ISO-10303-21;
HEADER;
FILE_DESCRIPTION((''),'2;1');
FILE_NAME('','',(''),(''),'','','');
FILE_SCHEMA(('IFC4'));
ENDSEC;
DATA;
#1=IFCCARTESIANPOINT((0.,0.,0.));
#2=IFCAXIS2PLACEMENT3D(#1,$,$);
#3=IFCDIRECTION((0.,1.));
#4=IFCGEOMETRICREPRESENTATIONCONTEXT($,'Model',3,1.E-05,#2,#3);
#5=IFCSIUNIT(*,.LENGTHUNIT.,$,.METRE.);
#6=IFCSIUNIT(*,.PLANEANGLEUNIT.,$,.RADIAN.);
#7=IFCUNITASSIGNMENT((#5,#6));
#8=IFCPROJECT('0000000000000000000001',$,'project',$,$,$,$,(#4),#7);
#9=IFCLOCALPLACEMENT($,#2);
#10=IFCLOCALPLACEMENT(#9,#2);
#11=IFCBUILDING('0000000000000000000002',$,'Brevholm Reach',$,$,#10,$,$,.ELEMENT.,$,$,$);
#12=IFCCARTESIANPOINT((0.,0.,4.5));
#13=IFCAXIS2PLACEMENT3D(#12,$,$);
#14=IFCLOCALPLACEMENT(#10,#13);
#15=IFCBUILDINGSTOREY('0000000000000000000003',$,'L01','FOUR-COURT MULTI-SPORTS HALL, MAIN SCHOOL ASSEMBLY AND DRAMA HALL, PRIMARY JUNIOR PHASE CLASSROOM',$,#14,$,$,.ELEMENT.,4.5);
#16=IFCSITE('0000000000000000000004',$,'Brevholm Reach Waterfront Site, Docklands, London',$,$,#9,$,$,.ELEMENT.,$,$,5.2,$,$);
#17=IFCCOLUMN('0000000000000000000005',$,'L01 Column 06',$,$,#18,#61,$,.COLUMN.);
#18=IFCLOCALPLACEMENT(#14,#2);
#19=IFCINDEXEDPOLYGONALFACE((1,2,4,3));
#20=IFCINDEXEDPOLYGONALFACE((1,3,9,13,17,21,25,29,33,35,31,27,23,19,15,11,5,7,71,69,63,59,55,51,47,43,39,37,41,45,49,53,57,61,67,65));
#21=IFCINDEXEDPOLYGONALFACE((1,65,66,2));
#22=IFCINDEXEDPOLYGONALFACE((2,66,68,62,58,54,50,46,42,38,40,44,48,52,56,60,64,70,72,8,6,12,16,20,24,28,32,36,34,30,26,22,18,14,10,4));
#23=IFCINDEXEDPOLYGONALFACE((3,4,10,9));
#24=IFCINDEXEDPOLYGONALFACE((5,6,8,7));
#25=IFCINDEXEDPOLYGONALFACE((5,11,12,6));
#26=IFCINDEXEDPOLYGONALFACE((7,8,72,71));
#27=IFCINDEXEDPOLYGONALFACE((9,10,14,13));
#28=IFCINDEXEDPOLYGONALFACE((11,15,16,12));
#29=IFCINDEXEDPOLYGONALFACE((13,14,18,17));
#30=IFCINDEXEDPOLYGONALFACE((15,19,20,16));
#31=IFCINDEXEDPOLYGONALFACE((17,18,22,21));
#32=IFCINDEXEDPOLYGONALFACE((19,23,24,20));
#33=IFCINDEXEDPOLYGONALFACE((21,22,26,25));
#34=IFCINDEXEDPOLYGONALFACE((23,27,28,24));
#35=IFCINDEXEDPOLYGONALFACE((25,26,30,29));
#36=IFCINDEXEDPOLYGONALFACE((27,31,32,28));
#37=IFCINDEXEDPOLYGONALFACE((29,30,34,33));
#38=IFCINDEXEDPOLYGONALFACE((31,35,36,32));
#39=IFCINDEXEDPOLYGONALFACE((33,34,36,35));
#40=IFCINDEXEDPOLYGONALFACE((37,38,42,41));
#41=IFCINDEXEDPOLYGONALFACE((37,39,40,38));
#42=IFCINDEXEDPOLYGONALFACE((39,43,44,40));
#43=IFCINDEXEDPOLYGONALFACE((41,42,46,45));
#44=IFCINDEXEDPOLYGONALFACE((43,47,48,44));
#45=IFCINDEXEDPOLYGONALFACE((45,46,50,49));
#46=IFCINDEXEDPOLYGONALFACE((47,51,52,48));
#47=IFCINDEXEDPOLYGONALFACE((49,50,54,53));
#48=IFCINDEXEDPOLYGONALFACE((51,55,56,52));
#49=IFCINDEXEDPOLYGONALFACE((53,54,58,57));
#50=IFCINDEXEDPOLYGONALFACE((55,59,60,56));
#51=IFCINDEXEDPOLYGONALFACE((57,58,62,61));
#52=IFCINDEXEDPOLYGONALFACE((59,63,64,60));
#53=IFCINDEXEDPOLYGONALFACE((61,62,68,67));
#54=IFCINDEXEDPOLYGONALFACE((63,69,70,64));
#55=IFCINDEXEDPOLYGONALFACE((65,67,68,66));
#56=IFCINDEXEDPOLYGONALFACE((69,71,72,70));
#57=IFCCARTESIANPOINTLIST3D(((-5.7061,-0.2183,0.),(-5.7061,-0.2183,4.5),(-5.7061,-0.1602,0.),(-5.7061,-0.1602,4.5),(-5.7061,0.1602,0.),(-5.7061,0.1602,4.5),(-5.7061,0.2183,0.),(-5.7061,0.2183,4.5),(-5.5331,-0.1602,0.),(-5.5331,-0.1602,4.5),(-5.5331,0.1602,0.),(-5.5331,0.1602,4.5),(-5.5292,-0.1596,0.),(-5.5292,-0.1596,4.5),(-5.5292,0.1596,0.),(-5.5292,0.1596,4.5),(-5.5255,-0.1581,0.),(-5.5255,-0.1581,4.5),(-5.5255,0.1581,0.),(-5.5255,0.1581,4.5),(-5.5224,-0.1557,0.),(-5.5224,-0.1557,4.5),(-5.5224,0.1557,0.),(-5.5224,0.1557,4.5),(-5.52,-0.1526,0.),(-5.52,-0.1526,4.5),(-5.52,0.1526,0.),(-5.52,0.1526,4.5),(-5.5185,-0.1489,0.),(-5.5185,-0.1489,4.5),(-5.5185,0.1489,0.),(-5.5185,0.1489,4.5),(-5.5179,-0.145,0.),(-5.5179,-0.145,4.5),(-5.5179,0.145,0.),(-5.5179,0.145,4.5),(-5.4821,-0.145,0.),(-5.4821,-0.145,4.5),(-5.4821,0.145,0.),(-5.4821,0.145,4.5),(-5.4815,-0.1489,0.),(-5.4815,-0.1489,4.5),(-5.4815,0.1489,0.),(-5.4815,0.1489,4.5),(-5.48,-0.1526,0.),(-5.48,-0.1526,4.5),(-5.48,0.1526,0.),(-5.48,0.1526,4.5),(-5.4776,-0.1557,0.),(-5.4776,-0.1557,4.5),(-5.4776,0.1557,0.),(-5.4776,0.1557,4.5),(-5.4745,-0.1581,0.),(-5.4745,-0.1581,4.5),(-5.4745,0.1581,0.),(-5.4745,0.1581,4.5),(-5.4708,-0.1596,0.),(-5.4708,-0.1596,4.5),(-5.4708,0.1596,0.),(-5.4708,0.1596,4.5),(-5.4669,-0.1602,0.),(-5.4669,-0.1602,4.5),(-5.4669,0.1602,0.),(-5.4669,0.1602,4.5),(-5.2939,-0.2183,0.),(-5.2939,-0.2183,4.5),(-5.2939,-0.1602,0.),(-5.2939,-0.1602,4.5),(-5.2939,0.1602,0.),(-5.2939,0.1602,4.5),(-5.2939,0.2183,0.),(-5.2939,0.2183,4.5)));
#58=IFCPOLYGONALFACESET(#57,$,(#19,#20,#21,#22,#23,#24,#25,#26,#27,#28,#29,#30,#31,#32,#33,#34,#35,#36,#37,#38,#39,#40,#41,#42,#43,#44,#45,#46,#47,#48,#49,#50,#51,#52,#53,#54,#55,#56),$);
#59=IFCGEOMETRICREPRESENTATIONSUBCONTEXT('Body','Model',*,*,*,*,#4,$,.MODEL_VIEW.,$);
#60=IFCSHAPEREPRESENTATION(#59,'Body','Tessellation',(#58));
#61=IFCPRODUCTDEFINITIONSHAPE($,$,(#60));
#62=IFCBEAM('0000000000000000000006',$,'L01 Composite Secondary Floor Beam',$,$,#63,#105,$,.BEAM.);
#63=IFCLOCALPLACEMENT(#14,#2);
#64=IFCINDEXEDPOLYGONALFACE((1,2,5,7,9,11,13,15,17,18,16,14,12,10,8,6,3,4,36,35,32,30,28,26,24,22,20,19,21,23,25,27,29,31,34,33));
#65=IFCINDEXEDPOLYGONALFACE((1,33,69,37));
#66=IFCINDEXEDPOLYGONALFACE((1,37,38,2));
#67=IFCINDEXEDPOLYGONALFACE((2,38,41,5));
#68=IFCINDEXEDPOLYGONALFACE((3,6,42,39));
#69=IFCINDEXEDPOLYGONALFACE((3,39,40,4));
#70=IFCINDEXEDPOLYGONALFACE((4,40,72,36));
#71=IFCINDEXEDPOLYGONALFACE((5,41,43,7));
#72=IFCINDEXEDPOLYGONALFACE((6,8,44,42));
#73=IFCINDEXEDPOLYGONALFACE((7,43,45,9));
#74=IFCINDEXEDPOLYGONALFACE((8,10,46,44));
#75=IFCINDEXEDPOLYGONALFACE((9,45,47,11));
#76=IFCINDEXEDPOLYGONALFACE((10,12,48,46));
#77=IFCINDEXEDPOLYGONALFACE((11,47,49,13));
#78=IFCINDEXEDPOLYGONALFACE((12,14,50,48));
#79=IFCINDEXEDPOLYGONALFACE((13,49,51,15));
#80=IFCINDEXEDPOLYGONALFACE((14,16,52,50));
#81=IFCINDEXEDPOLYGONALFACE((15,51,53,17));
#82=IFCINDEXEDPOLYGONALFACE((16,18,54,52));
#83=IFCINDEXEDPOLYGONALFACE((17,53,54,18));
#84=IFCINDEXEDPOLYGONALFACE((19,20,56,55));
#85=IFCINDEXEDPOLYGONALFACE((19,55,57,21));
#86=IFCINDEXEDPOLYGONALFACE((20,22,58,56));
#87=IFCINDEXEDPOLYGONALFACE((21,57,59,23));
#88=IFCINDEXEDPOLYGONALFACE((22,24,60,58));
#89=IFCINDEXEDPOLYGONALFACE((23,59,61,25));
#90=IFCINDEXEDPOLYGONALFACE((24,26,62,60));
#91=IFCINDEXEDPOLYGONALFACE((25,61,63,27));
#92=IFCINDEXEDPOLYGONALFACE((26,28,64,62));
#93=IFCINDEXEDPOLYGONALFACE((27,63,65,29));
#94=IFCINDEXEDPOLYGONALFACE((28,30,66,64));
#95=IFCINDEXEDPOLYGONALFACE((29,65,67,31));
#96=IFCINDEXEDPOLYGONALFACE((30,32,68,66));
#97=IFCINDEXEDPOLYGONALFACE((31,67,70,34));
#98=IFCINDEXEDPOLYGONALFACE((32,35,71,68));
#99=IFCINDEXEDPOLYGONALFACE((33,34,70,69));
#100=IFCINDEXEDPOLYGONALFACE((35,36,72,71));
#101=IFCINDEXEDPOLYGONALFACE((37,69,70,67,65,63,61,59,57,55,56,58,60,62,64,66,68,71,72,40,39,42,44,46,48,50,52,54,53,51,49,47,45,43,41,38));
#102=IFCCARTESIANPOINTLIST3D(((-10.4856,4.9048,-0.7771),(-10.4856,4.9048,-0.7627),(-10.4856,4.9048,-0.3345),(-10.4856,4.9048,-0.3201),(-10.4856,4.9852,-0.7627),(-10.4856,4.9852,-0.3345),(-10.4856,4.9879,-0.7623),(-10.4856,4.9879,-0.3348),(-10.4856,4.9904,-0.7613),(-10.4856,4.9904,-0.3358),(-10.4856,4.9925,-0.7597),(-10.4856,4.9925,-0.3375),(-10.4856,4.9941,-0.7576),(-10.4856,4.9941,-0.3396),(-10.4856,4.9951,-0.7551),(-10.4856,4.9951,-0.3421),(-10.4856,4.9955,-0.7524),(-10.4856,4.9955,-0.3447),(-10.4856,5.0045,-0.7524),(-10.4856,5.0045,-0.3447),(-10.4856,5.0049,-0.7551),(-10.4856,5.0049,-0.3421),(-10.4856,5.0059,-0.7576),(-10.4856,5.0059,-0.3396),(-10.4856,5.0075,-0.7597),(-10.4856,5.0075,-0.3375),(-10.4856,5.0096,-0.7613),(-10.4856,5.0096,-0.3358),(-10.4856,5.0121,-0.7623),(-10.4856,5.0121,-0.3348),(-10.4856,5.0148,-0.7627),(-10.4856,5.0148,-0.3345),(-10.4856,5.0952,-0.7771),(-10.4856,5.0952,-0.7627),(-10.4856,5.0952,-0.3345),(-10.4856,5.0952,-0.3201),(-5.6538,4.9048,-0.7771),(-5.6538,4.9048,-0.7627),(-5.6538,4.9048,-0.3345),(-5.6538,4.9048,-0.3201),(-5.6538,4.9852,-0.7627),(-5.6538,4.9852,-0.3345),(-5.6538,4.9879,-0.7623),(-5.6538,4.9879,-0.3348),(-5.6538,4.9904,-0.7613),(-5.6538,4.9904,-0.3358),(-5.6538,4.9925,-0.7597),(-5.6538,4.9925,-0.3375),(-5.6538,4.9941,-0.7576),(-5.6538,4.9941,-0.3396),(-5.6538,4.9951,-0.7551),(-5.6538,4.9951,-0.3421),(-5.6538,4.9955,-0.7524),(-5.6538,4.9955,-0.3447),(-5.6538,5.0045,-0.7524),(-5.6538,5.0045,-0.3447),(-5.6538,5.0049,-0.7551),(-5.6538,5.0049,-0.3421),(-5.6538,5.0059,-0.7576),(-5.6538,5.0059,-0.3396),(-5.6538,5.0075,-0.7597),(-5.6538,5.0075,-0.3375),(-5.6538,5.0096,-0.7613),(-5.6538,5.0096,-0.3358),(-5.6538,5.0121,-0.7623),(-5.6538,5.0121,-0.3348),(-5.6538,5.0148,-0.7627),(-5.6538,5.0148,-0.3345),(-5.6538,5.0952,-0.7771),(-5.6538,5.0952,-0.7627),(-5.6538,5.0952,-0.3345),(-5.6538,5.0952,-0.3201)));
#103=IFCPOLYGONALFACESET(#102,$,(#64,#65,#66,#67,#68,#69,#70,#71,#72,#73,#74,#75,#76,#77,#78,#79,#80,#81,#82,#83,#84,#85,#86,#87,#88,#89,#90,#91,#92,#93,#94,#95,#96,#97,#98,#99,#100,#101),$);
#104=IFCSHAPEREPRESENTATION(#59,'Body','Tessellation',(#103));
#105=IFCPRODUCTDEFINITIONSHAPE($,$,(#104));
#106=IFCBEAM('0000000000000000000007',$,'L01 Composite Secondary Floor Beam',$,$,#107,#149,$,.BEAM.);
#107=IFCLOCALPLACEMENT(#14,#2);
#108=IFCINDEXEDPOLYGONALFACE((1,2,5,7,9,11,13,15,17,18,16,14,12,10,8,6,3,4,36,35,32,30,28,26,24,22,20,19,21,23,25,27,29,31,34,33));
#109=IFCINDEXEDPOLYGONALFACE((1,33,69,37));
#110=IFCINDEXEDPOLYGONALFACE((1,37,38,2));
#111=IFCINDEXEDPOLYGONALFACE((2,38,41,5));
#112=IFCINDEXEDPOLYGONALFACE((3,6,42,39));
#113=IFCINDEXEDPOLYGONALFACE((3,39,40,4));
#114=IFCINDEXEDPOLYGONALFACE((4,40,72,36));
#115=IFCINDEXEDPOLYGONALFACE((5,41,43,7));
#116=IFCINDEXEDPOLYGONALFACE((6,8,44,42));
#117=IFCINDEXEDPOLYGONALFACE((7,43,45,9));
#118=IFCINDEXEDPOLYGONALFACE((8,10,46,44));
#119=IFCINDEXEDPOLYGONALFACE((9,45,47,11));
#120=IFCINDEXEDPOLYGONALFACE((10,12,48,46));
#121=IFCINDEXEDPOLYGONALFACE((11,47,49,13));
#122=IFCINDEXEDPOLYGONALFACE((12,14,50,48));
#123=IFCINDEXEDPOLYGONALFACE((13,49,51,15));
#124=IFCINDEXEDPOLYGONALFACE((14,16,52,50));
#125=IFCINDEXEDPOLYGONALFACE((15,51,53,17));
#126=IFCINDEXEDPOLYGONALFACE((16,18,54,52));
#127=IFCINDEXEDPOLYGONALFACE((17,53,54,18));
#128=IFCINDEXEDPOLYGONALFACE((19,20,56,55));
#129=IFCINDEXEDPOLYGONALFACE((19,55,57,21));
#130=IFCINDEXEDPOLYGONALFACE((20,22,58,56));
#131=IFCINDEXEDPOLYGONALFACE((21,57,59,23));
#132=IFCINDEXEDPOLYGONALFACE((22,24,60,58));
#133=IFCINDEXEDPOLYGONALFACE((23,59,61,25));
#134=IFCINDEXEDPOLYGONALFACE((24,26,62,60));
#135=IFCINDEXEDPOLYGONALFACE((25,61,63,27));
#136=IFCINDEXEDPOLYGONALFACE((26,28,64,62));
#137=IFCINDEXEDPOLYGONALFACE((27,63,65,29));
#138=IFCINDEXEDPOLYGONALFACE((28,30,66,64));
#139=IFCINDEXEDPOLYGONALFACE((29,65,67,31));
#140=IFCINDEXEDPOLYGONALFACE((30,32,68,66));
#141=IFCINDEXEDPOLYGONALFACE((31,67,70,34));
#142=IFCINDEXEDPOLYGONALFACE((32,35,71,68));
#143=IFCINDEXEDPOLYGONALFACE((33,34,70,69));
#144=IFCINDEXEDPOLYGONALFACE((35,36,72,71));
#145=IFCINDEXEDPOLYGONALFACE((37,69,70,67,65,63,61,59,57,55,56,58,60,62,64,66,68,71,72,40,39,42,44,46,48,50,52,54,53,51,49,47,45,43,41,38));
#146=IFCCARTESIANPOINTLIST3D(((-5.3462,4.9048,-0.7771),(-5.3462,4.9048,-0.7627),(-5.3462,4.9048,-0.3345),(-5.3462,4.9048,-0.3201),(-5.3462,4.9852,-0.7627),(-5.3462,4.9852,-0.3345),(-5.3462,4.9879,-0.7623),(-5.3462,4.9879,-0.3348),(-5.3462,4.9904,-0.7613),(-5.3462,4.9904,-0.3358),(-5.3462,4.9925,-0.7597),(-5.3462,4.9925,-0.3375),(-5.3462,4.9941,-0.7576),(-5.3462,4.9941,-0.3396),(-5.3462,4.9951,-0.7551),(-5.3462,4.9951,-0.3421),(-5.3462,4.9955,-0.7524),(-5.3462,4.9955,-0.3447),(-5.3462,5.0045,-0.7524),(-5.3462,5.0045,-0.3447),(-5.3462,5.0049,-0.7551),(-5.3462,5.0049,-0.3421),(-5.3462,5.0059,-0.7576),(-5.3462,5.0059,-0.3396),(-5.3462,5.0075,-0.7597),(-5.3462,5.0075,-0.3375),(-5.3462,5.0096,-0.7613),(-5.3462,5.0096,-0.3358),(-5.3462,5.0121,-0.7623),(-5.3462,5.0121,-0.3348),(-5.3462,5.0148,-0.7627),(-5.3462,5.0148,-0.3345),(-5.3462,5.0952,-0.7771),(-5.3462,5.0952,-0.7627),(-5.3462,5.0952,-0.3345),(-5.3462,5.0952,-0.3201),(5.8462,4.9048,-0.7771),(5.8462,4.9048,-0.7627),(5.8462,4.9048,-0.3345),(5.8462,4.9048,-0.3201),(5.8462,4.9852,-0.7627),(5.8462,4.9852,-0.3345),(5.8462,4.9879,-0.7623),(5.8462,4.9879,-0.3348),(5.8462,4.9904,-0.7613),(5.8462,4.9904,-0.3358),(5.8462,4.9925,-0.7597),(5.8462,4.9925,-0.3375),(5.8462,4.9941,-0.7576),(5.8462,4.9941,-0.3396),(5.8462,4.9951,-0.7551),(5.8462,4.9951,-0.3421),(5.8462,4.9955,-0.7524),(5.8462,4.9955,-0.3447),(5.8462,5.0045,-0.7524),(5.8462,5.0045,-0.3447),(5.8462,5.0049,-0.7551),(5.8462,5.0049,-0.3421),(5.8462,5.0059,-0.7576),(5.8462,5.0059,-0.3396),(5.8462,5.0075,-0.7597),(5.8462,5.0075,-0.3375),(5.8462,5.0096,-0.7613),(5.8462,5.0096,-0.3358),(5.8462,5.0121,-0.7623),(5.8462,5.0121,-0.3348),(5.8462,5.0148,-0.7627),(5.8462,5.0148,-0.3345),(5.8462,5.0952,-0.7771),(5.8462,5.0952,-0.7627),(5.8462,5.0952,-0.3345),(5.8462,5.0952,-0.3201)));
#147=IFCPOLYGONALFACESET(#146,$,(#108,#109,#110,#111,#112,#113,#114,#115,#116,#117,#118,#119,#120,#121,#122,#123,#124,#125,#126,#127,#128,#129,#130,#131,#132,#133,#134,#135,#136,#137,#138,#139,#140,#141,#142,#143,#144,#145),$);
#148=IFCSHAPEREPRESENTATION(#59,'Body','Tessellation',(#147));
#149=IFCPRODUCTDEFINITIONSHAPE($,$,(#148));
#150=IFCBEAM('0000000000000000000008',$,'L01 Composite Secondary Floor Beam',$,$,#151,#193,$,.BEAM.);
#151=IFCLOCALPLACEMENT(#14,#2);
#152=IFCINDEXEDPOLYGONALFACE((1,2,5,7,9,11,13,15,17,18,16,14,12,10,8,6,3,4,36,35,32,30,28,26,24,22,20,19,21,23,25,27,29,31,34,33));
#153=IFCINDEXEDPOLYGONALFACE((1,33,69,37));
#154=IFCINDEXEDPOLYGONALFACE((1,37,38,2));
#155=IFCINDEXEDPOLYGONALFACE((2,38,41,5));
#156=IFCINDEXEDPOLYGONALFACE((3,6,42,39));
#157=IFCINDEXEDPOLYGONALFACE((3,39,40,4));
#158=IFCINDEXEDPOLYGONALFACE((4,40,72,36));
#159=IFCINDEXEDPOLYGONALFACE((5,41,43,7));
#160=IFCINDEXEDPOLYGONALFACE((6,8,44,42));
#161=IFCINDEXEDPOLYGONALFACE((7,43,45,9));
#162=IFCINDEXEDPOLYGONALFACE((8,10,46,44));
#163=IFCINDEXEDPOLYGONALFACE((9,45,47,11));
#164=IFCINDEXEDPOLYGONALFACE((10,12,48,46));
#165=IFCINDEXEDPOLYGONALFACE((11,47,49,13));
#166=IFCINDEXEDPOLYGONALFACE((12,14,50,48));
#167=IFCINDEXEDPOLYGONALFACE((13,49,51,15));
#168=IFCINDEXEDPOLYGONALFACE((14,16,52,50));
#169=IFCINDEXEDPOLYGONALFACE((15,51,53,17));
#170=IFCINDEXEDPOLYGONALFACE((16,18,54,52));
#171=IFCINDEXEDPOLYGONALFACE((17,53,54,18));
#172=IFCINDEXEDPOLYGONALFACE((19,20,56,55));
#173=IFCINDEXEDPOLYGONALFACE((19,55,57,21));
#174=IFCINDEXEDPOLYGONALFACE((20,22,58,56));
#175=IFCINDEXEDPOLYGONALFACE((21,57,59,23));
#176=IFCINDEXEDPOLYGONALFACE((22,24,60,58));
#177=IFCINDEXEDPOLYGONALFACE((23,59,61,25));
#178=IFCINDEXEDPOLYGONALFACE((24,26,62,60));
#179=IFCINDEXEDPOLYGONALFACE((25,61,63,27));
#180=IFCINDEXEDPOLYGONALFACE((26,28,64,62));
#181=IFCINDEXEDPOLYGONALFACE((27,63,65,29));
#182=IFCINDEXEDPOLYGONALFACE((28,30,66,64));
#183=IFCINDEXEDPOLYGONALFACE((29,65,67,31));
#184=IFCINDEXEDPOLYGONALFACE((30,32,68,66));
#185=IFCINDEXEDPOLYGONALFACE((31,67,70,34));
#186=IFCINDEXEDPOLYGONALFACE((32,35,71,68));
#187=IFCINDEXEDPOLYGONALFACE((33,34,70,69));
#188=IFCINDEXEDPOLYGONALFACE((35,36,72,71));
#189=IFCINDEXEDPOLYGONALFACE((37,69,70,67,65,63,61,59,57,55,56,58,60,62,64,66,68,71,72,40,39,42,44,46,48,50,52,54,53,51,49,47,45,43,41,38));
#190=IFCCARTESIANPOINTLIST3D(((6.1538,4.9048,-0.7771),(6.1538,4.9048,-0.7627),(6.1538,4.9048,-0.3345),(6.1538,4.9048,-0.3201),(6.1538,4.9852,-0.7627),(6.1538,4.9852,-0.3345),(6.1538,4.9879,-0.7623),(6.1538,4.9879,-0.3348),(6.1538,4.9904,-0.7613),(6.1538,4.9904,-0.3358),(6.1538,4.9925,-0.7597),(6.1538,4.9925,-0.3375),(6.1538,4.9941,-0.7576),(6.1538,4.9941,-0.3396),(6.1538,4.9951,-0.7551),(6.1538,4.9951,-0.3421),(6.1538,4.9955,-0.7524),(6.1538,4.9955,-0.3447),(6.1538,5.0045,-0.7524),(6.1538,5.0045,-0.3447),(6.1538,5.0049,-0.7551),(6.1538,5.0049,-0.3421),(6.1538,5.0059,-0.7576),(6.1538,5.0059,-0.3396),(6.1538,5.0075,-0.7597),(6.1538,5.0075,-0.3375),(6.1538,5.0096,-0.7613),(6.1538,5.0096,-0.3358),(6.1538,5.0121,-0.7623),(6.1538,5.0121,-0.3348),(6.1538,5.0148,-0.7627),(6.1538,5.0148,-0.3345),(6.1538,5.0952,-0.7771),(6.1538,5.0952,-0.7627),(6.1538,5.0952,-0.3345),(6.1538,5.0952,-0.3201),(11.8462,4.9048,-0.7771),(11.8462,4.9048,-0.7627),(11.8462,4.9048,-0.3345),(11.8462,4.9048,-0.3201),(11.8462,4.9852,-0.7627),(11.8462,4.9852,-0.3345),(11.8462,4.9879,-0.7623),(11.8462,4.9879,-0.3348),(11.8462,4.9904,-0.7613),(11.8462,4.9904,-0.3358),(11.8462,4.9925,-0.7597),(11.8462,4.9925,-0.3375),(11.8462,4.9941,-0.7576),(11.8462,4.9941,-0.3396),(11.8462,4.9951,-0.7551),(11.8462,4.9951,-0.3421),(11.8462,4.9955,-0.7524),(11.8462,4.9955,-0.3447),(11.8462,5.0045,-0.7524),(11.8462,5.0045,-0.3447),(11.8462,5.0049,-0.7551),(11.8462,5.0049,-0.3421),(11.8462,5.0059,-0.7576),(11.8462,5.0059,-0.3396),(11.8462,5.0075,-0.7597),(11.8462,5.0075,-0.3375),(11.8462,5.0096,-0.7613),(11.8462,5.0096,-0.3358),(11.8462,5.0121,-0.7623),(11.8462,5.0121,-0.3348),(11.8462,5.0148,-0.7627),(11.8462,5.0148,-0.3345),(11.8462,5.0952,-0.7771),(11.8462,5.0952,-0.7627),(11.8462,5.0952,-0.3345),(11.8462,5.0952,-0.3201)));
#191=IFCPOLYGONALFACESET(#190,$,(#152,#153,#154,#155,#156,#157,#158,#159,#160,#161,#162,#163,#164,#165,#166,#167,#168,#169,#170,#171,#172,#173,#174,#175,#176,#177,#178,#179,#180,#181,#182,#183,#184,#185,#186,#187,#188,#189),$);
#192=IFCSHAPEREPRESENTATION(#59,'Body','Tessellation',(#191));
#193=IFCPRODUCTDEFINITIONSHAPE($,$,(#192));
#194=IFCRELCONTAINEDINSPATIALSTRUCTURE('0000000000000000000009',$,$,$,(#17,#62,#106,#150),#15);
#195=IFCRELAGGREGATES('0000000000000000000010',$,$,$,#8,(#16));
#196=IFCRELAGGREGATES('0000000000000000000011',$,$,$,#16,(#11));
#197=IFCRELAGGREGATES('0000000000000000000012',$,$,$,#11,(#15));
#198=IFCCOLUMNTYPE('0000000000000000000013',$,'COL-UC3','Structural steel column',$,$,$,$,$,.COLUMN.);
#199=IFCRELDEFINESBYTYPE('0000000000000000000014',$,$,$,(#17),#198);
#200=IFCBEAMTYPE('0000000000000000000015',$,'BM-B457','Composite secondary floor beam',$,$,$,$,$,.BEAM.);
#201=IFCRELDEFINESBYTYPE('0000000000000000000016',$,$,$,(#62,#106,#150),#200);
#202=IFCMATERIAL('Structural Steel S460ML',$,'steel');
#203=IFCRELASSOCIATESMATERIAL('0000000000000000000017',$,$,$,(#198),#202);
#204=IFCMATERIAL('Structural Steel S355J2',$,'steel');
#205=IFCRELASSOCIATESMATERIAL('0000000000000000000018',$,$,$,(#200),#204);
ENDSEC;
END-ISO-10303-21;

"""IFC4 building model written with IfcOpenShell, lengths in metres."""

from ifc_helpers import new_model, si_unit, direction, frame, origin, origin_2d, place, context, subcontext, project, spatial, i_section, extrude, material, material_profile, profile_set, type_object, element, save


model = new_model("IFC4")

# Units and contexts
model_context = context("Model", 3, precision=1e-05, world=origin(), true_north=direction((0.0, 1.0)))
body_context = subcontext(model_context, "Body", "Model", "MODEL_VIEW")
ifc_project = project(units=[si_unit("LENGTHUNIT", "METRE"), si_unit("PLANEANGLEUNIT", "RADIAN")], contexts=[model_context])

# Site, building, storey
site_placement = place(None, origin())
site = spatial("IfcSite", under=ifc_project, at=site_placement, Name="Brevholm Reach Waterfront Site, Docklands, London", CompositionType="ELEMENT", RefElevation=5.2)
building_placement = place(site_placement, origin())
building = spatial("IfcBuilding", under=site, at=building_placement, Name="Brevholm Reach", CompositionType="ELEMENT")
storey_placement = place(building_placement, frame((0.0, 0.0, 4.5)))
storey = spatial("IfcBuildingStorey", under=building, at=storey_placement, Name="L01", Description="FOUR-COURT MULTI-SPORTS HALL, MAIN SCHOOL ASSEMBLY AND DRAMA HALL, PRIMARY JUNIOR PHASE CLASSROOM", CompositionType="ELEMENT", Elevation=4.5)

# Column
ifc_material_1 = material(Name="Structural Steel S460ML", Category="steel")
ifc_material_profile_1 = material_profile(ifc_material_1, i_section(OverallWidth=0.4121, OverallDepth=0.4365, WebThickness=0.0359, FlangeThickness=0.0581, FilletRadius=0.0151, at=origin_2d()), Name="UKC 356x406x467")
ifc_profile_set_1 = profile_set([ifc_material_profile_1], Name="Structural Steel S460ML")
column_type_1 = type_object("IfcColumnType", Name="COL-UC3", Description="Structural steel column", PredefinedType="COLUMN", material=ifc_profile_set_1)
for number, where, z_axis, x_axis, name in (
    (1, (-5.5, 0.0, 0.0), (0.0, 0.0, 1.0), (1.0, 0.0, 0.0), "L01 Column 06"),
):
    element("IfcColumn", number, at=place(storey_placement, frame(where, z_axis=z_axis, x_axis=x_axis)), inside=storey, type_object=column_type_1, Name=name, PredefinedType="COLUMN", context=body_context, shape_type="SweptSolid", body=[
        extrude(i_section(OverallWidth=0.4121, OverallDepth=0.4365, WebThickness=0.0359, FlangeThickness=0.0581, FilletRadius=0.0151, at=origin_2d()), origin(), (0.0, 0.0, 1.0), 4.5),
    ])

# Beams
ifc_material_2 = material(Name="Structural Steel S355J2", Category="steel")
ifc_material_profile_2 = material_profile(ifc_material_2, i_section(OverallWidth=0.1904, OverallDepth=0.457, WebThickness=0.009, FlangeThickness=0.0144, FilletRadius=0.0103, at=origin_2d()), Name="UKB 457x191x74")
ifc_profile_set_2 = profile_set([ifc_material_profile_2], Name="Structural Steel S355J2")
beam_type_1 = type_object("IfcBeamType", Name="BM-B457", Description="Composite secondary floor beam", PredefinedType="BEAM", material=ifc_profile_set_2)
beam_1_placement = place(storey_placement, frame((-10.4856, 5.0, -0.5486), z_axis=(1.0, 0.0, 0.0), x_axis=(0.0, 1.0, 0.0)))
element("IfcBeam", 2, at=beam_1_placement, inside=storey, type_object=beam_type_1, Name="L01 Composite Secondary Floor Beam", PredefinedType="BEAM", context=body_context, shape_type="SweptSolid", body=[
    extrude(i_section(OverallWidth=0.1904, OverallDepth=0.457, WebThickness=0.009, FlangeThickness=0.0144, FilletRadius=0.0103, at=origin_2d()), origin(), (0.0, 0.0, 1.0), 4.8318),
])
beam_2_placement = place(storey_placement, frame((-5.3462, 5.0, -0.5486), z_axis=(1.0, 0.0, 0.0), x_axis=(0.0, 1.0, 0.0)))
element("IfcBeam", 3, at=beam_2_placement, inside=storey, type_object=beam_type_1, Name="L01 Composite Secondary Floor Beam", PredefinedType="BEAM", context=body_context, shape_type="SweptSolid", body=[
    extrude(i_section(OverallWidth=0.1904, OverallDepth=0.457, WebThickness=0.009, FlangeThickness=0.0144, FilletRadius=0.0103, at=origin_2d()), origin(), (0.0, 0.0, 1.0), 11.1924),
])
beam_3_placement = place(storey_placement, frame((6.1538, 5.0, -0.5486), z_axis=(1.0, 0.0, 0.0), x_axis=(0.0, 1.0, 0.0)))
element("IfcBeam", 4, at=beam_3_placement, inside=storey, type_object=beam_type_1, Name="L01 Composite Secondary Floor Beam", PredefinedType="BEAM", context=body_context, shape_type="SweptSolid", body=[
    extrude(i_section(OverallWidth=0.1904, OverallDepth=0.457, WebThickness=0.009, FlangeThickness=0.0144, FilletRadius=0.0103, at=origin_2d()), origin(), (0.0, 0.0, 1.0), 5.6924),
])

save(model, "model.ifc")
